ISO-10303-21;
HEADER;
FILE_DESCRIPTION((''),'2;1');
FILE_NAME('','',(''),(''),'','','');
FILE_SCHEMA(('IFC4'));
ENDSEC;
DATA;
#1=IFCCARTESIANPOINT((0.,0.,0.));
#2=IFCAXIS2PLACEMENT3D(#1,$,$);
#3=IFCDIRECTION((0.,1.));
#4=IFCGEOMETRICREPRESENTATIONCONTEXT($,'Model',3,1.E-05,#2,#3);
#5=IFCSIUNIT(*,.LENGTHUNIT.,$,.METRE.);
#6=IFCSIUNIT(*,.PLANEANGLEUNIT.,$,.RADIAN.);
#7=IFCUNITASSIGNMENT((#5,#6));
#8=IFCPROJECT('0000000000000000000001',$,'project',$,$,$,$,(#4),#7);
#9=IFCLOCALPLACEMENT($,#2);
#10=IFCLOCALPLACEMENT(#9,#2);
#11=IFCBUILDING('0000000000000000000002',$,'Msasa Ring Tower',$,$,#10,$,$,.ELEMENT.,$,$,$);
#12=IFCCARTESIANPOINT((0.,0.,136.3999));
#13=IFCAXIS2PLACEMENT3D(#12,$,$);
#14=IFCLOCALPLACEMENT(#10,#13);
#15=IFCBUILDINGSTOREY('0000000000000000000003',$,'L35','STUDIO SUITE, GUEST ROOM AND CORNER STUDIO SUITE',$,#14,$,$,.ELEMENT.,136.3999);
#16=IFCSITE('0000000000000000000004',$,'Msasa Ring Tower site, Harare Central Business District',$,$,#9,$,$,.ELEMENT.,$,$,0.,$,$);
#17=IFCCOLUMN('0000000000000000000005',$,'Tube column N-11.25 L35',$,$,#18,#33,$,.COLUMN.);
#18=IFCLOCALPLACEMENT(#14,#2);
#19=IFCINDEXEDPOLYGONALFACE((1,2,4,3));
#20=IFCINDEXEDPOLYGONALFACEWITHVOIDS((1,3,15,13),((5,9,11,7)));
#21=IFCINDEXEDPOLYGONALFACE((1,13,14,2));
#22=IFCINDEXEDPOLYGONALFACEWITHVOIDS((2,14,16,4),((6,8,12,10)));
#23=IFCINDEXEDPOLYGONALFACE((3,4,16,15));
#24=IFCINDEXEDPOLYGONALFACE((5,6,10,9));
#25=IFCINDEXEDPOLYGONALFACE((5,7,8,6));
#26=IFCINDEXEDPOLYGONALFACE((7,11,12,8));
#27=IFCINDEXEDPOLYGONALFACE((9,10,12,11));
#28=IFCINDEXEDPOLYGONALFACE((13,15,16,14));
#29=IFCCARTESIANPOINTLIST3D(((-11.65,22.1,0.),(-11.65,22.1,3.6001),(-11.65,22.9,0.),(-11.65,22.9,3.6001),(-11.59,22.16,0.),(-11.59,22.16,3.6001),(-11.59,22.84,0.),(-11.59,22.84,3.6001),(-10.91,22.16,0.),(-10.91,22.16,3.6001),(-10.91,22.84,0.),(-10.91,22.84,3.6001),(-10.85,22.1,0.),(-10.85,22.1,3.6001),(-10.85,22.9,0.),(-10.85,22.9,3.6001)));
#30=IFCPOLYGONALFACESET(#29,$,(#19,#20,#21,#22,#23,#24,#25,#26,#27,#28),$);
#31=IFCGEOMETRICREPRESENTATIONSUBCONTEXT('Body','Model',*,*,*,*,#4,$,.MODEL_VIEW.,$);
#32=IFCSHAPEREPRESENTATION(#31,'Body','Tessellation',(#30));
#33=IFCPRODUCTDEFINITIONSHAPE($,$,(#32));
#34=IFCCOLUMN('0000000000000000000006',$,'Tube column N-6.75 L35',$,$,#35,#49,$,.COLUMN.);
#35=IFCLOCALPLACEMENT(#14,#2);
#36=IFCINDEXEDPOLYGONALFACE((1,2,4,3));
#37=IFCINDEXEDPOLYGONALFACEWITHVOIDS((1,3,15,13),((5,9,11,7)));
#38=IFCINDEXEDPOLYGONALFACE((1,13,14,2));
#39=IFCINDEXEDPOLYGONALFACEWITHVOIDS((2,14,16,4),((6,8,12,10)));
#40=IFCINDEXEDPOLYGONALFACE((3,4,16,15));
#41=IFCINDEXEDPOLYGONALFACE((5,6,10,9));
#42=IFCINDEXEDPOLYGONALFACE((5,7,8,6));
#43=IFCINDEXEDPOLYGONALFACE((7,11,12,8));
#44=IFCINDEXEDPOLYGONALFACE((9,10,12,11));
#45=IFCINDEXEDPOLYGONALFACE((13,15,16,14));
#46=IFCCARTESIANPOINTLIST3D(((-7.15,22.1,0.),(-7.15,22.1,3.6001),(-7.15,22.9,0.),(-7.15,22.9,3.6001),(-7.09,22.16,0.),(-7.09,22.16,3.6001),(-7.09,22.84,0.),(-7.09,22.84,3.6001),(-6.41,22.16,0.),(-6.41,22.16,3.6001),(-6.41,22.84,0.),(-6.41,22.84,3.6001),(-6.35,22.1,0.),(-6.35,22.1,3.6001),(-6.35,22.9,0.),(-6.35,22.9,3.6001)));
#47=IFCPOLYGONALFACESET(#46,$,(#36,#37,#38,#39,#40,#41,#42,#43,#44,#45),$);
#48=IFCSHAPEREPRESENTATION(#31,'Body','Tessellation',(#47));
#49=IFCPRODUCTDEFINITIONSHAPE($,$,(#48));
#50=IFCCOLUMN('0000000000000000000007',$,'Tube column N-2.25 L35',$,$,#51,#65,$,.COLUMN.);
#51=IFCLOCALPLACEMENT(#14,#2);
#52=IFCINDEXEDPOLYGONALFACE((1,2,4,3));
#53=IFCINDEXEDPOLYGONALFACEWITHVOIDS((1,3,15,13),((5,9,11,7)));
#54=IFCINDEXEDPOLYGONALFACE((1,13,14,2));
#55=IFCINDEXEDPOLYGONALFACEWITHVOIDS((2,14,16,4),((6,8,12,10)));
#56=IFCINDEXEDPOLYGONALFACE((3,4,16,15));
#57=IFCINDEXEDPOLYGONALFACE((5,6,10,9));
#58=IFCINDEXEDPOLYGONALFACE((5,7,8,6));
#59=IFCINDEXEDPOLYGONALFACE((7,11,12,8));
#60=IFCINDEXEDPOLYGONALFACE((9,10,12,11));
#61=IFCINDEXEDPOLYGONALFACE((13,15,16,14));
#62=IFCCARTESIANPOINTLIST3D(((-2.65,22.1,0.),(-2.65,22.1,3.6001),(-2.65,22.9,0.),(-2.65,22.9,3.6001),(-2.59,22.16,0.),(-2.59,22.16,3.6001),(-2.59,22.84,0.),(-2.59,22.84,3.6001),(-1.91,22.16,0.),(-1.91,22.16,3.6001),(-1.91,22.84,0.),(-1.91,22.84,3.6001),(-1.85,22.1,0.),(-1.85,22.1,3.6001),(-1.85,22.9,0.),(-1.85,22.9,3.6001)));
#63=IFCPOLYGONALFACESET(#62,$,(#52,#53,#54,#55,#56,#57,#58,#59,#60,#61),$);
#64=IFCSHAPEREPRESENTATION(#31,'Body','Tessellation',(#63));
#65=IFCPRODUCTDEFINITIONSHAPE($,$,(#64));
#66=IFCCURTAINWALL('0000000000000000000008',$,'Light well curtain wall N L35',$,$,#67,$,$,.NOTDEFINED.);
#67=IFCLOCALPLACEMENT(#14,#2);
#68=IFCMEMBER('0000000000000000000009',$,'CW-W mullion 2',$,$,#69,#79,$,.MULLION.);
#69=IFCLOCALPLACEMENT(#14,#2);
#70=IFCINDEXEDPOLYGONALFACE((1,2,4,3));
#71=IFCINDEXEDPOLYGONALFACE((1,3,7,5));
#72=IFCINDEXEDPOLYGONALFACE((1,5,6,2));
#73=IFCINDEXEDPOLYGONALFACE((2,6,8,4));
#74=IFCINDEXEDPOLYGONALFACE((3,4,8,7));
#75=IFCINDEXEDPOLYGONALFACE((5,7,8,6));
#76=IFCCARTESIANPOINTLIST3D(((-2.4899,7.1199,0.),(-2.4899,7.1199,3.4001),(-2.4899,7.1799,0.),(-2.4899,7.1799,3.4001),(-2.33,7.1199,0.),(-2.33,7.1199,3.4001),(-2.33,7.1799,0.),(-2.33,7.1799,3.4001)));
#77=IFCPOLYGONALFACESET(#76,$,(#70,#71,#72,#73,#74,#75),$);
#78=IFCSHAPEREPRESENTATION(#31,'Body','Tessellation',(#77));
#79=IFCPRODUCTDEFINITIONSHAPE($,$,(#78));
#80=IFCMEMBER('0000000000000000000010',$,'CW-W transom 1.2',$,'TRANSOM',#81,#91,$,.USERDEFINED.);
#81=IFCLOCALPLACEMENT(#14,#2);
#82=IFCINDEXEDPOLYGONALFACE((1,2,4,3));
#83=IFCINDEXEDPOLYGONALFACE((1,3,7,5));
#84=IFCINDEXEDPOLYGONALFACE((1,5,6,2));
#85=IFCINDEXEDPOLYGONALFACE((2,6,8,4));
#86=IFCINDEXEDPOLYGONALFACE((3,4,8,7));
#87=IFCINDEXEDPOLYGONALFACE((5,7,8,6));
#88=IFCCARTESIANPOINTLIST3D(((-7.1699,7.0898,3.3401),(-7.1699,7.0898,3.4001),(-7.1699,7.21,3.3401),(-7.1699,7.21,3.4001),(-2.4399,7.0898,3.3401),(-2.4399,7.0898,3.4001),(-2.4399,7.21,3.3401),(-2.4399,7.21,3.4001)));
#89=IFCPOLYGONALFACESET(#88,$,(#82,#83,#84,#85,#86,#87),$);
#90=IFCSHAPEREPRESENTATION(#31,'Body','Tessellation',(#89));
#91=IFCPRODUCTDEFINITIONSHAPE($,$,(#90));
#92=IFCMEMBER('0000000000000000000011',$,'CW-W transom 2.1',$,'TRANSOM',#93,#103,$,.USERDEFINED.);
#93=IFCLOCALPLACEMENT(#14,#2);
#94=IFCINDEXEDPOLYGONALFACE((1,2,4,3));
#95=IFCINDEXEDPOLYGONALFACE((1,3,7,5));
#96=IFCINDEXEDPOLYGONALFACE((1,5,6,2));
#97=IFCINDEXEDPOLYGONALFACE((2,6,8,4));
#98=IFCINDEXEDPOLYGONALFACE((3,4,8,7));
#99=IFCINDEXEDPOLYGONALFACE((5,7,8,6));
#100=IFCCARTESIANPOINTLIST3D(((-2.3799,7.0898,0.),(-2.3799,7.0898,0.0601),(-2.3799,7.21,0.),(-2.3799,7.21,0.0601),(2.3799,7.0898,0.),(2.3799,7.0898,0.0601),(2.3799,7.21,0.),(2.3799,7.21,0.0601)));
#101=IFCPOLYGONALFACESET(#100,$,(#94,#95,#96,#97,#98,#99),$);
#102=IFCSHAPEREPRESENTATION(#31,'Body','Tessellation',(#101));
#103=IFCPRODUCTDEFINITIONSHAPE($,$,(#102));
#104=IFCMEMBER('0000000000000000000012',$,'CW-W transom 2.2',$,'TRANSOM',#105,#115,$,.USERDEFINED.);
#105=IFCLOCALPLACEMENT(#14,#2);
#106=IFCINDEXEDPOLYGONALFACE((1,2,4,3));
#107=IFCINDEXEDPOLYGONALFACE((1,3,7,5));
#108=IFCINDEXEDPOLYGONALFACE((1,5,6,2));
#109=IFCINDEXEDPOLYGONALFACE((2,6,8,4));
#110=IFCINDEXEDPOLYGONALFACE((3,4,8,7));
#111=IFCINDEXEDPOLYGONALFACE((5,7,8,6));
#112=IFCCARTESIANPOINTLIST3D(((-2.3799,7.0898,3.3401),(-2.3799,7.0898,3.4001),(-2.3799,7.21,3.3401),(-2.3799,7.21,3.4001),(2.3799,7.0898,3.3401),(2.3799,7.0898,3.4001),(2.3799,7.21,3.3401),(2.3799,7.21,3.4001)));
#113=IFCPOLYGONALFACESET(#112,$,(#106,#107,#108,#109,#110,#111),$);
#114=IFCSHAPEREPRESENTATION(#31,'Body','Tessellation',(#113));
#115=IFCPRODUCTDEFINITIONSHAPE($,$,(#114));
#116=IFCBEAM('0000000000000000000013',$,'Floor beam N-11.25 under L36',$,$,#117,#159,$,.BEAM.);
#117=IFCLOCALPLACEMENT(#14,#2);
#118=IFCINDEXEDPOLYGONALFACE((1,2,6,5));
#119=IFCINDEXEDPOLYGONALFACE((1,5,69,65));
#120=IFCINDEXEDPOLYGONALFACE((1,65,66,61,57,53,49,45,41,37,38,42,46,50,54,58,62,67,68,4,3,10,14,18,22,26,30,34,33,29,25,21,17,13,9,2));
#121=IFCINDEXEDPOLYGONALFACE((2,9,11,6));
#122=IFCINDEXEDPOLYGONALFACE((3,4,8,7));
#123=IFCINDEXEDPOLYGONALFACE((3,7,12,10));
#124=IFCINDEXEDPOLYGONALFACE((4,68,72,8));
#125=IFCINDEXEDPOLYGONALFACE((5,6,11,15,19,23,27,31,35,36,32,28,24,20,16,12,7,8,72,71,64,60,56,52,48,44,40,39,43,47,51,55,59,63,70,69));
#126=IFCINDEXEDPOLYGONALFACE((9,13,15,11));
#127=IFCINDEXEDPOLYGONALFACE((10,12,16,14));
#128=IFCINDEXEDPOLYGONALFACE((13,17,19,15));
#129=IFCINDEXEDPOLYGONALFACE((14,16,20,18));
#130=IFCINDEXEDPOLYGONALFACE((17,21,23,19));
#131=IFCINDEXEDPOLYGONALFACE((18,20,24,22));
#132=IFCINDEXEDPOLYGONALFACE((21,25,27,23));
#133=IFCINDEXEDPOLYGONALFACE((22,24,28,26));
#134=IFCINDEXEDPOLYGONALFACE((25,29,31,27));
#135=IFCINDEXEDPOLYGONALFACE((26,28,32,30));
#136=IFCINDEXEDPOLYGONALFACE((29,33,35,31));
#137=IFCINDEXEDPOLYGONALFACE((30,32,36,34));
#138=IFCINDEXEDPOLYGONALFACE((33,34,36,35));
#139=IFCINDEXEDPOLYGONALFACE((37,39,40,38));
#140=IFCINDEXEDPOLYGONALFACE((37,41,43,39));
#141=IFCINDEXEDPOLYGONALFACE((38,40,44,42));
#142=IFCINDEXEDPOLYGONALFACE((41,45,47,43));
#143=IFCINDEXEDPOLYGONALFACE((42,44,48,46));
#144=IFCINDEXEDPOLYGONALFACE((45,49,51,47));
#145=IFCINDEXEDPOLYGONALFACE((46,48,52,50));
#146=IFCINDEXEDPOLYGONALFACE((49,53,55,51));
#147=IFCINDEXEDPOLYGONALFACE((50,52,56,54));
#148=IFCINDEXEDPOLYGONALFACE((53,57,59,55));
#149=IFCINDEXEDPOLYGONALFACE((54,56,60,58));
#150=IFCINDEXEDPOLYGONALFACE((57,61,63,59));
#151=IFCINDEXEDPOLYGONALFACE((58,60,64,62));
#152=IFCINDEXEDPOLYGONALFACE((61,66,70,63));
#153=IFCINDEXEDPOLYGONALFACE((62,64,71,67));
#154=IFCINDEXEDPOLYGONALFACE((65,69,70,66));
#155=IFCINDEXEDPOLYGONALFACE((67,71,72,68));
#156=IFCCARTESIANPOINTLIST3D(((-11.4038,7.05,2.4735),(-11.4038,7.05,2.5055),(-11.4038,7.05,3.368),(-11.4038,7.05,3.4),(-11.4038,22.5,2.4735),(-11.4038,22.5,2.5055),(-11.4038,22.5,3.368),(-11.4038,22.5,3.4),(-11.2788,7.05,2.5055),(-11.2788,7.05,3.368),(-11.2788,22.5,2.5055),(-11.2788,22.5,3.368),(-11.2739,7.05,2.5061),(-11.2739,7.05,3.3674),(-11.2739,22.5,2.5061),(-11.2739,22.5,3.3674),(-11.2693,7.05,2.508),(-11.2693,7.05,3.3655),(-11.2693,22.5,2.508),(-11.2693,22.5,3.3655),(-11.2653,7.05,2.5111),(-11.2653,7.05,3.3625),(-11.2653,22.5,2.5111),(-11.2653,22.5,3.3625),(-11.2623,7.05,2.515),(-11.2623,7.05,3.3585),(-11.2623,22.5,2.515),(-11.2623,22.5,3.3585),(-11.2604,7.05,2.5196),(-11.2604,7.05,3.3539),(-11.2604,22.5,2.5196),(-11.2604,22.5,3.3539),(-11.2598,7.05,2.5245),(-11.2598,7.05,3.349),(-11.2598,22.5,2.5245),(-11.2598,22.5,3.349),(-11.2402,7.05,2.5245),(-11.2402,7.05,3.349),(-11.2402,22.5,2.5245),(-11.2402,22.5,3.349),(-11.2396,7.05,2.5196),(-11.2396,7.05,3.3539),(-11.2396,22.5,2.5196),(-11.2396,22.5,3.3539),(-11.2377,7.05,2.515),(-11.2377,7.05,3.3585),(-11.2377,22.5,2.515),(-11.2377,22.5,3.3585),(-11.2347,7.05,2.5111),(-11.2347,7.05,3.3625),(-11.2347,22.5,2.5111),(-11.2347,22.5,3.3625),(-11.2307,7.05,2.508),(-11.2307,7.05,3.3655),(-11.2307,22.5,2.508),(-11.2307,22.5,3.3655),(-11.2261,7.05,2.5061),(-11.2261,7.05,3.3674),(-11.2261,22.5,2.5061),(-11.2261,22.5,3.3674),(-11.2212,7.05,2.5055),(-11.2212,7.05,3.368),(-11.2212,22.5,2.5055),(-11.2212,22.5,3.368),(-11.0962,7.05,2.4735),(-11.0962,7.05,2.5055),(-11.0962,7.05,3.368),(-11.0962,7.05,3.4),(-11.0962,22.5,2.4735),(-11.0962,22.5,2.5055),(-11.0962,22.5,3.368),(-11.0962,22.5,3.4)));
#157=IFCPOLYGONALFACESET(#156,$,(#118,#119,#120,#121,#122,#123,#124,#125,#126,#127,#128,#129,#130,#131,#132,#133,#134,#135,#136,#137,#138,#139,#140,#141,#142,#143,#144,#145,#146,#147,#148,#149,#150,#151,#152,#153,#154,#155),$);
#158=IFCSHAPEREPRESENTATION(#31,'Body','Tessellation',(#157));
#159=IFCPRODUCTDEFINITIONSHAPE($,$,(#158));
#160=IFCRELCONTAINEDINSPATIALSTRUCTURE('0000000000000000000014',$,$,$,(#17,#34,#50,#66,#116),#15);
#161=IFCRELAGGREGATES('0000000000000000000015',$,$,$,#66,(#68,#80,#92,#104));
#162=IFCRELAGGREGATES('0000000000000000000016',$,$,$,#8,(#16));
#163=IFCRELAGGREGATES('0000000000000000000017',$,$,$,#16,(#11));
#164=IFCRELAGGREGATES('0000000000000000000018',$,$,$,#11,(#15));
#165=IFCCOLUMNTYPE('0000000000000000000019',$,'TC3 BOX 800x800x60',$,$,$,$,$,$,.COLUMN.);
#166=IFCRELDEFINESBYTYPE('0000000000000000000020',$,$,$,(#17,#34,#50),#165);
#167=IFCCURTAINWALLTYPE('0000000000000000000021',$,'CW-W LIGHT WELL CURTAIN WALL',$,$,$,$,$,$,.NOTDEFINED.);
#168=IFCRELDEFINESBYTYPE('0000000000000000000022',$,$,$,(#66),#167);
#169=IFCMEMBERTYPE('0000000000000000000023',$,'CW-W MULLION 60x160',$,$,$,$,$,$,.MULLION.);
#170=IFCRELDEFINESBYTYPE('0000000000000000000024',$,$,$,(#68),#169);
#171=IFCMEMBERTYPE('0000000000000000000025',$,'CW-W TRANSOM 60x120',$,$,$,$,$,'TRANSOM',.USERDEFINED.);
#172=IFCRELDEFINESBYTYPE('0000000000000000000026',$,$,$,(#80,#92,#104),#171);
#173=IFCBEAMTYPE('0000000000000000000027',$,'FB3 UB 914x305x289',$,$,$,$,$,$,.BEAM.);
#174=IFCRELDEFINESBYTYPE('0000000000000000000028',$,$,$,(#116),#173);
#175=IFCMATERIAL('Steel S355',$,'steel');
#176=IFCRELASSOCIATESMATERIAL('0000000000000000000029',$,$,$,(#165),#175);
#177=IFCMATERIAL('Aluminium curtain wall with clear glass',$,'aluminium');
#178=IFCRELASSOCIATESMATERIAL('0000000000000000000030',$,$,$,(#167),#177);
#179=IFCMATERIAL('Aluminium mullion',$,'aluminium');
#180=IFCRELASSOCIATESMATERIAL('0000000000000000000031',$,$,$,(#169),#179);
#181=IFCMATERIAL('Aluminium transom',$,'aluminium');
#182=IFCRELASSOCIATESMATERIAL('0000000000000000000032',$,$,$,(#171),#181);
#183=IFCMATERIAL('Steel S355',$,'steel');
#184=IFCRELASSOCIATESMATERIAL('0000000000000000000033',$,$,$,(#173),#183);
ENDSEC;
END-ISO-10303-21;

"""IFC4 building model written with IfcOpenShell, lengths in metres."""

from ifc_helpers import new_model, si_unit, direction, frame, origin, origin_2d, place, context, subcontext, project, spatial, rectangle, hollow_rectangle, i_section, extrude, material, material_profile, profile_set, type_object, element, aggregate, save


model = new_model("IFC4")

# Units and contexts
model_context = context("Model", 3, precision=1e-05, world=origin(), true_north=direction((0.0, 1.0)))
body_context = subcontext(model_context, "Body", "Model", "MODEL_VIEW")
ifc_project = project(units=[si_unit("LENGTHUNIT", "METRE"), si_unit("PLANEANGLEUNIT", "RADIAN")], contexts=[model_context])

# Site, building, storey
site_placement = place(None, origin())
site = spatial("IfcSite", under=ifc_project, at=site_placement, Name="Msasa Ring Tower site, Harare Central Business District", CompositionType="ELEMENT", RefElevation=0.0)
building_placement = place(site_placement, origin())
building = spatial("IfcBuilding", under=site, at=building_placement, Name="Msasa Ring Tower", CompositionType="ELEMENT")
storey_placement = place(building_placement, frame((0.0, 0.0, 136.3999)))
storey = spatial("IfcBuildingStorey", under=building, at=storey_placement, Name="L35", Description="STUDIO SUITE, GUEST ROOM AND CORNER STUDIO SUITE", CompositionType="ELEMENT", Elevation=136.3999)

# Columns
ifc_material_1 = material(Name="Steel S355", Category="steel")
ifc_material_profile_1 = material_profile(ifc_material_1, hollow_rectangle(XDim=0.8, YDim=0.8, WallThickness=0.0601, at=origin_2d()), Name="BOX 800x800x60")
ifc_profile_set_1 = profile_set([ifc_material_profile_1], Name="Steel S355")
column_type = type_object("IfcColumnType", Name="TC3 BOX 800x800x60", PredefinedType="COLUMN", material=ifc_profile_set_1)
for number, where, z_axis, x_axis, name in (
    (1, (-11.25, 22.5, 0.0), (0.0, 0.0, 1.0), (0.0, 1.0, 0.0), "Tube column N-11.25 L35"),
    (2, (-6.75, 22.5, 0.0), (0.0, 0.0, 1.0), (0.0, 1.0, 0.0), "Tube column N-6.75 L35"),
    (3, (-2.25, 22.5, 0.0), (0.0, 0.0, 1.0), (0.0, 1.0, 0.0), "Tube column N-2.25 L35"),
):
    element("IfcColumn", number, at=place(storey_placement, frame(where, z_axis=z_axis, x_axis=x_axis)), inside=storey, type_object=column_type, Name=name, PredefinedType="COLUMN", context=body_context, shape_type="SweptSolid", body=[
        extrude(hollow_rectangle(XDim=0.8, YDim=0.8, WallThickness=0.0601, at=origin_2d()), origin(), (0.0, 0.0, 1.0), 3.6001),
    ])

# Curtain wall, members
ifc_material_2 = material(Name="Aluminium curtain wall with clear glass", Category="aluminium")
curtain_wall_type = type_object("IfcCurtainWallType", Name="CW-W LIGHT WELL CURTAIN WALL", PredefinedType="NOTDEFINED", material=ifc_material_2)
curtain_wall_placement = place(storey_placement, origin())
curtain_wall = element("IfcCurtainWall", 4, at=curtain_wall_placement, inside=storey, type_object=curtain_wall_type, Name="Light well curtain wall N L35", PredefinedType="NOTDEFINED")
ifc_material_3 = material(Name="Aluminium mullion", Category="aluminium")
ifc_material_profile_2 = material_profile(ifc_material_3, rectangle(XDim=0.0601, YDim=0.1599, at=origin_2d()), Name="AL 60x160")
ifc_profile_set_2 = profile_set([ifc_material_profile_2], Name="Aluminium mullion")
member_type_1 = type_object("IfcMemberType", Name="CW-W MULLION 60x160", PredefinedType="MULLION", material=ifc_profile_set_2)
member_1_placement = place(storey_placement, frame((-2.4099, 7.1499, 0.0), z_axis=(0.0, 0.0, 1.0), x_axis=(0.0, 1.0, 0.0)))
member_1 = element("IfcMember", 5, at=member_1_placement, type_object=member_type_1, Name="CW-W mullion 2", PredefinedType="MULLION", context=body_context, shape_type="SweptSolid", body=[
    extrude(rectangle(XDim=0.0601, YDim=0.1599, at=origin_2d()), origin(), (0.0, 0.0, 1.0), 3.4001),
])
ifc_material_4 = material(Name="Aluminium transom", Category="aluminium")
ifc_material_profile_3 = material_profile(ifc_material_4, rectangle(XDim=0.1201, YDim=0.0601, at=origin_2d()), Name="AL 60x120")
ifc_profile_set_3 = profile_set([ifc_material_profile_3], Name="Aluminium transom")
member_type_2 = type_object("IfcMemberType", Name="CW-W TRANSOM 60x120", ElementType="TRANSOM", PredefinedType="USERDEFINED", material=ifc_profile_set_3)
member_2_placement = place(storey_placement, frame((-7.1699, 7.1499, 3.3701), z_axis=(1.0, 0.0, 0.0), x_axis=(0.0, 1.0, 0.0)))
member_2 = element("IfcMember", 6, at=member_2_placement, type_object=member_type_2, Name="CW-W transom 1.2", ObjectType="TRANSOM", PredefinedType="USERDEFINED", context=body_context, shape_type="SweptSolid", body=[
    extrude(rectangle(XDim=0.1201, YDim=0.0601, at=origin_2d()), origin(), (0.0, 0.0, 1.0), 4.73),
])
member_3_placement = place(storey_placement, frame((-2.3799, 7.1499, 0.03), z_axis=(1.0, 0.0, 0.0), x_axis=(0.0, 1.0, 0.0)))
member_3 = element("IfcMember", 7, at=member_3_placement, type_object=member_type_2, Name="CW-W transom 2.1", ObjectType="TRANSOM", PredefinedType="USERDEFINED", context=body_context, shape_type="SweptSolid", body=[
    extrude(rectangle(XDim=0.1201, YDim=0.0601, at=origin_2d()), origin(), (0.0, 0.0, 1.0), 4.7598),
])
member_4_placement = place(storey_placement, frame((-2.3799, 7.1499, 3.3701), z_axis=(1.0, 0.0, 0.0), x_axis=(0.0, 1.0, 0.0)))
member_4 = element("IfcMember", 8, at=member_4_placement, type_object=member_type_2, Name="CW-W transom 2.2", ObjectType="TRANSOM", PredefinedType="USERDEFINED", context=body_context, shape_type="SweptSolid", body=[
    extrude(rectangle(XDim=0.1201, YDim=0.0601, at=origin_2d()), origin(), (0.0, 0.0, 1.0), 4.7598),
])

# Beam
ifc_material_5 = material(Name="Steel S355", Category="steel")
ifc_material_profile_4 = material_profile(ifc_material_5, i_section(OverallWidth=0.3076, OverallDepth=0.9265, WebThickness=0.0195, FlangeThickness=0.032, FilletRadius=0.019, at=origin_2d()), Name="UB 914x305x289")
ifc_profile_set_4 = profile_set([ifc_material_profile_4], Name="Steel S355")
beam_type_1 = type_object("IfcBeamType", Name="FB3 UB 914x305x289", PredefinedType="BEAM", material=ifc_profile_set_4)
beam_placement = place(storey_placement, frame((-11.25, 22.5, 2.9368), z_axis=(0.0, -1.0, 0.0), x_axis=(1.0, 0.0, 0.0)))
element("IfcBeam", 9, at=beam_placement, inside=storey, type_object=beam_type_1, Name="Floor beam N-11.25 under L36", PredefinedType="BEAM", context=body_context, shape_type="SweptSolid", body=[
    extrude(i_section(OverallWidth=0.3076, OverallDepth=0.9265, WebThickness=0.0195, FlangeThickness=0.032, FilletRadius=0.019, at=origin_2d()), origin(), (0.0, 0.0, 1.0), 15.45),
])

aggregate(curtain_wall, [member_1, member_2, member_3, member_4])

save(model, "model.ifc")
